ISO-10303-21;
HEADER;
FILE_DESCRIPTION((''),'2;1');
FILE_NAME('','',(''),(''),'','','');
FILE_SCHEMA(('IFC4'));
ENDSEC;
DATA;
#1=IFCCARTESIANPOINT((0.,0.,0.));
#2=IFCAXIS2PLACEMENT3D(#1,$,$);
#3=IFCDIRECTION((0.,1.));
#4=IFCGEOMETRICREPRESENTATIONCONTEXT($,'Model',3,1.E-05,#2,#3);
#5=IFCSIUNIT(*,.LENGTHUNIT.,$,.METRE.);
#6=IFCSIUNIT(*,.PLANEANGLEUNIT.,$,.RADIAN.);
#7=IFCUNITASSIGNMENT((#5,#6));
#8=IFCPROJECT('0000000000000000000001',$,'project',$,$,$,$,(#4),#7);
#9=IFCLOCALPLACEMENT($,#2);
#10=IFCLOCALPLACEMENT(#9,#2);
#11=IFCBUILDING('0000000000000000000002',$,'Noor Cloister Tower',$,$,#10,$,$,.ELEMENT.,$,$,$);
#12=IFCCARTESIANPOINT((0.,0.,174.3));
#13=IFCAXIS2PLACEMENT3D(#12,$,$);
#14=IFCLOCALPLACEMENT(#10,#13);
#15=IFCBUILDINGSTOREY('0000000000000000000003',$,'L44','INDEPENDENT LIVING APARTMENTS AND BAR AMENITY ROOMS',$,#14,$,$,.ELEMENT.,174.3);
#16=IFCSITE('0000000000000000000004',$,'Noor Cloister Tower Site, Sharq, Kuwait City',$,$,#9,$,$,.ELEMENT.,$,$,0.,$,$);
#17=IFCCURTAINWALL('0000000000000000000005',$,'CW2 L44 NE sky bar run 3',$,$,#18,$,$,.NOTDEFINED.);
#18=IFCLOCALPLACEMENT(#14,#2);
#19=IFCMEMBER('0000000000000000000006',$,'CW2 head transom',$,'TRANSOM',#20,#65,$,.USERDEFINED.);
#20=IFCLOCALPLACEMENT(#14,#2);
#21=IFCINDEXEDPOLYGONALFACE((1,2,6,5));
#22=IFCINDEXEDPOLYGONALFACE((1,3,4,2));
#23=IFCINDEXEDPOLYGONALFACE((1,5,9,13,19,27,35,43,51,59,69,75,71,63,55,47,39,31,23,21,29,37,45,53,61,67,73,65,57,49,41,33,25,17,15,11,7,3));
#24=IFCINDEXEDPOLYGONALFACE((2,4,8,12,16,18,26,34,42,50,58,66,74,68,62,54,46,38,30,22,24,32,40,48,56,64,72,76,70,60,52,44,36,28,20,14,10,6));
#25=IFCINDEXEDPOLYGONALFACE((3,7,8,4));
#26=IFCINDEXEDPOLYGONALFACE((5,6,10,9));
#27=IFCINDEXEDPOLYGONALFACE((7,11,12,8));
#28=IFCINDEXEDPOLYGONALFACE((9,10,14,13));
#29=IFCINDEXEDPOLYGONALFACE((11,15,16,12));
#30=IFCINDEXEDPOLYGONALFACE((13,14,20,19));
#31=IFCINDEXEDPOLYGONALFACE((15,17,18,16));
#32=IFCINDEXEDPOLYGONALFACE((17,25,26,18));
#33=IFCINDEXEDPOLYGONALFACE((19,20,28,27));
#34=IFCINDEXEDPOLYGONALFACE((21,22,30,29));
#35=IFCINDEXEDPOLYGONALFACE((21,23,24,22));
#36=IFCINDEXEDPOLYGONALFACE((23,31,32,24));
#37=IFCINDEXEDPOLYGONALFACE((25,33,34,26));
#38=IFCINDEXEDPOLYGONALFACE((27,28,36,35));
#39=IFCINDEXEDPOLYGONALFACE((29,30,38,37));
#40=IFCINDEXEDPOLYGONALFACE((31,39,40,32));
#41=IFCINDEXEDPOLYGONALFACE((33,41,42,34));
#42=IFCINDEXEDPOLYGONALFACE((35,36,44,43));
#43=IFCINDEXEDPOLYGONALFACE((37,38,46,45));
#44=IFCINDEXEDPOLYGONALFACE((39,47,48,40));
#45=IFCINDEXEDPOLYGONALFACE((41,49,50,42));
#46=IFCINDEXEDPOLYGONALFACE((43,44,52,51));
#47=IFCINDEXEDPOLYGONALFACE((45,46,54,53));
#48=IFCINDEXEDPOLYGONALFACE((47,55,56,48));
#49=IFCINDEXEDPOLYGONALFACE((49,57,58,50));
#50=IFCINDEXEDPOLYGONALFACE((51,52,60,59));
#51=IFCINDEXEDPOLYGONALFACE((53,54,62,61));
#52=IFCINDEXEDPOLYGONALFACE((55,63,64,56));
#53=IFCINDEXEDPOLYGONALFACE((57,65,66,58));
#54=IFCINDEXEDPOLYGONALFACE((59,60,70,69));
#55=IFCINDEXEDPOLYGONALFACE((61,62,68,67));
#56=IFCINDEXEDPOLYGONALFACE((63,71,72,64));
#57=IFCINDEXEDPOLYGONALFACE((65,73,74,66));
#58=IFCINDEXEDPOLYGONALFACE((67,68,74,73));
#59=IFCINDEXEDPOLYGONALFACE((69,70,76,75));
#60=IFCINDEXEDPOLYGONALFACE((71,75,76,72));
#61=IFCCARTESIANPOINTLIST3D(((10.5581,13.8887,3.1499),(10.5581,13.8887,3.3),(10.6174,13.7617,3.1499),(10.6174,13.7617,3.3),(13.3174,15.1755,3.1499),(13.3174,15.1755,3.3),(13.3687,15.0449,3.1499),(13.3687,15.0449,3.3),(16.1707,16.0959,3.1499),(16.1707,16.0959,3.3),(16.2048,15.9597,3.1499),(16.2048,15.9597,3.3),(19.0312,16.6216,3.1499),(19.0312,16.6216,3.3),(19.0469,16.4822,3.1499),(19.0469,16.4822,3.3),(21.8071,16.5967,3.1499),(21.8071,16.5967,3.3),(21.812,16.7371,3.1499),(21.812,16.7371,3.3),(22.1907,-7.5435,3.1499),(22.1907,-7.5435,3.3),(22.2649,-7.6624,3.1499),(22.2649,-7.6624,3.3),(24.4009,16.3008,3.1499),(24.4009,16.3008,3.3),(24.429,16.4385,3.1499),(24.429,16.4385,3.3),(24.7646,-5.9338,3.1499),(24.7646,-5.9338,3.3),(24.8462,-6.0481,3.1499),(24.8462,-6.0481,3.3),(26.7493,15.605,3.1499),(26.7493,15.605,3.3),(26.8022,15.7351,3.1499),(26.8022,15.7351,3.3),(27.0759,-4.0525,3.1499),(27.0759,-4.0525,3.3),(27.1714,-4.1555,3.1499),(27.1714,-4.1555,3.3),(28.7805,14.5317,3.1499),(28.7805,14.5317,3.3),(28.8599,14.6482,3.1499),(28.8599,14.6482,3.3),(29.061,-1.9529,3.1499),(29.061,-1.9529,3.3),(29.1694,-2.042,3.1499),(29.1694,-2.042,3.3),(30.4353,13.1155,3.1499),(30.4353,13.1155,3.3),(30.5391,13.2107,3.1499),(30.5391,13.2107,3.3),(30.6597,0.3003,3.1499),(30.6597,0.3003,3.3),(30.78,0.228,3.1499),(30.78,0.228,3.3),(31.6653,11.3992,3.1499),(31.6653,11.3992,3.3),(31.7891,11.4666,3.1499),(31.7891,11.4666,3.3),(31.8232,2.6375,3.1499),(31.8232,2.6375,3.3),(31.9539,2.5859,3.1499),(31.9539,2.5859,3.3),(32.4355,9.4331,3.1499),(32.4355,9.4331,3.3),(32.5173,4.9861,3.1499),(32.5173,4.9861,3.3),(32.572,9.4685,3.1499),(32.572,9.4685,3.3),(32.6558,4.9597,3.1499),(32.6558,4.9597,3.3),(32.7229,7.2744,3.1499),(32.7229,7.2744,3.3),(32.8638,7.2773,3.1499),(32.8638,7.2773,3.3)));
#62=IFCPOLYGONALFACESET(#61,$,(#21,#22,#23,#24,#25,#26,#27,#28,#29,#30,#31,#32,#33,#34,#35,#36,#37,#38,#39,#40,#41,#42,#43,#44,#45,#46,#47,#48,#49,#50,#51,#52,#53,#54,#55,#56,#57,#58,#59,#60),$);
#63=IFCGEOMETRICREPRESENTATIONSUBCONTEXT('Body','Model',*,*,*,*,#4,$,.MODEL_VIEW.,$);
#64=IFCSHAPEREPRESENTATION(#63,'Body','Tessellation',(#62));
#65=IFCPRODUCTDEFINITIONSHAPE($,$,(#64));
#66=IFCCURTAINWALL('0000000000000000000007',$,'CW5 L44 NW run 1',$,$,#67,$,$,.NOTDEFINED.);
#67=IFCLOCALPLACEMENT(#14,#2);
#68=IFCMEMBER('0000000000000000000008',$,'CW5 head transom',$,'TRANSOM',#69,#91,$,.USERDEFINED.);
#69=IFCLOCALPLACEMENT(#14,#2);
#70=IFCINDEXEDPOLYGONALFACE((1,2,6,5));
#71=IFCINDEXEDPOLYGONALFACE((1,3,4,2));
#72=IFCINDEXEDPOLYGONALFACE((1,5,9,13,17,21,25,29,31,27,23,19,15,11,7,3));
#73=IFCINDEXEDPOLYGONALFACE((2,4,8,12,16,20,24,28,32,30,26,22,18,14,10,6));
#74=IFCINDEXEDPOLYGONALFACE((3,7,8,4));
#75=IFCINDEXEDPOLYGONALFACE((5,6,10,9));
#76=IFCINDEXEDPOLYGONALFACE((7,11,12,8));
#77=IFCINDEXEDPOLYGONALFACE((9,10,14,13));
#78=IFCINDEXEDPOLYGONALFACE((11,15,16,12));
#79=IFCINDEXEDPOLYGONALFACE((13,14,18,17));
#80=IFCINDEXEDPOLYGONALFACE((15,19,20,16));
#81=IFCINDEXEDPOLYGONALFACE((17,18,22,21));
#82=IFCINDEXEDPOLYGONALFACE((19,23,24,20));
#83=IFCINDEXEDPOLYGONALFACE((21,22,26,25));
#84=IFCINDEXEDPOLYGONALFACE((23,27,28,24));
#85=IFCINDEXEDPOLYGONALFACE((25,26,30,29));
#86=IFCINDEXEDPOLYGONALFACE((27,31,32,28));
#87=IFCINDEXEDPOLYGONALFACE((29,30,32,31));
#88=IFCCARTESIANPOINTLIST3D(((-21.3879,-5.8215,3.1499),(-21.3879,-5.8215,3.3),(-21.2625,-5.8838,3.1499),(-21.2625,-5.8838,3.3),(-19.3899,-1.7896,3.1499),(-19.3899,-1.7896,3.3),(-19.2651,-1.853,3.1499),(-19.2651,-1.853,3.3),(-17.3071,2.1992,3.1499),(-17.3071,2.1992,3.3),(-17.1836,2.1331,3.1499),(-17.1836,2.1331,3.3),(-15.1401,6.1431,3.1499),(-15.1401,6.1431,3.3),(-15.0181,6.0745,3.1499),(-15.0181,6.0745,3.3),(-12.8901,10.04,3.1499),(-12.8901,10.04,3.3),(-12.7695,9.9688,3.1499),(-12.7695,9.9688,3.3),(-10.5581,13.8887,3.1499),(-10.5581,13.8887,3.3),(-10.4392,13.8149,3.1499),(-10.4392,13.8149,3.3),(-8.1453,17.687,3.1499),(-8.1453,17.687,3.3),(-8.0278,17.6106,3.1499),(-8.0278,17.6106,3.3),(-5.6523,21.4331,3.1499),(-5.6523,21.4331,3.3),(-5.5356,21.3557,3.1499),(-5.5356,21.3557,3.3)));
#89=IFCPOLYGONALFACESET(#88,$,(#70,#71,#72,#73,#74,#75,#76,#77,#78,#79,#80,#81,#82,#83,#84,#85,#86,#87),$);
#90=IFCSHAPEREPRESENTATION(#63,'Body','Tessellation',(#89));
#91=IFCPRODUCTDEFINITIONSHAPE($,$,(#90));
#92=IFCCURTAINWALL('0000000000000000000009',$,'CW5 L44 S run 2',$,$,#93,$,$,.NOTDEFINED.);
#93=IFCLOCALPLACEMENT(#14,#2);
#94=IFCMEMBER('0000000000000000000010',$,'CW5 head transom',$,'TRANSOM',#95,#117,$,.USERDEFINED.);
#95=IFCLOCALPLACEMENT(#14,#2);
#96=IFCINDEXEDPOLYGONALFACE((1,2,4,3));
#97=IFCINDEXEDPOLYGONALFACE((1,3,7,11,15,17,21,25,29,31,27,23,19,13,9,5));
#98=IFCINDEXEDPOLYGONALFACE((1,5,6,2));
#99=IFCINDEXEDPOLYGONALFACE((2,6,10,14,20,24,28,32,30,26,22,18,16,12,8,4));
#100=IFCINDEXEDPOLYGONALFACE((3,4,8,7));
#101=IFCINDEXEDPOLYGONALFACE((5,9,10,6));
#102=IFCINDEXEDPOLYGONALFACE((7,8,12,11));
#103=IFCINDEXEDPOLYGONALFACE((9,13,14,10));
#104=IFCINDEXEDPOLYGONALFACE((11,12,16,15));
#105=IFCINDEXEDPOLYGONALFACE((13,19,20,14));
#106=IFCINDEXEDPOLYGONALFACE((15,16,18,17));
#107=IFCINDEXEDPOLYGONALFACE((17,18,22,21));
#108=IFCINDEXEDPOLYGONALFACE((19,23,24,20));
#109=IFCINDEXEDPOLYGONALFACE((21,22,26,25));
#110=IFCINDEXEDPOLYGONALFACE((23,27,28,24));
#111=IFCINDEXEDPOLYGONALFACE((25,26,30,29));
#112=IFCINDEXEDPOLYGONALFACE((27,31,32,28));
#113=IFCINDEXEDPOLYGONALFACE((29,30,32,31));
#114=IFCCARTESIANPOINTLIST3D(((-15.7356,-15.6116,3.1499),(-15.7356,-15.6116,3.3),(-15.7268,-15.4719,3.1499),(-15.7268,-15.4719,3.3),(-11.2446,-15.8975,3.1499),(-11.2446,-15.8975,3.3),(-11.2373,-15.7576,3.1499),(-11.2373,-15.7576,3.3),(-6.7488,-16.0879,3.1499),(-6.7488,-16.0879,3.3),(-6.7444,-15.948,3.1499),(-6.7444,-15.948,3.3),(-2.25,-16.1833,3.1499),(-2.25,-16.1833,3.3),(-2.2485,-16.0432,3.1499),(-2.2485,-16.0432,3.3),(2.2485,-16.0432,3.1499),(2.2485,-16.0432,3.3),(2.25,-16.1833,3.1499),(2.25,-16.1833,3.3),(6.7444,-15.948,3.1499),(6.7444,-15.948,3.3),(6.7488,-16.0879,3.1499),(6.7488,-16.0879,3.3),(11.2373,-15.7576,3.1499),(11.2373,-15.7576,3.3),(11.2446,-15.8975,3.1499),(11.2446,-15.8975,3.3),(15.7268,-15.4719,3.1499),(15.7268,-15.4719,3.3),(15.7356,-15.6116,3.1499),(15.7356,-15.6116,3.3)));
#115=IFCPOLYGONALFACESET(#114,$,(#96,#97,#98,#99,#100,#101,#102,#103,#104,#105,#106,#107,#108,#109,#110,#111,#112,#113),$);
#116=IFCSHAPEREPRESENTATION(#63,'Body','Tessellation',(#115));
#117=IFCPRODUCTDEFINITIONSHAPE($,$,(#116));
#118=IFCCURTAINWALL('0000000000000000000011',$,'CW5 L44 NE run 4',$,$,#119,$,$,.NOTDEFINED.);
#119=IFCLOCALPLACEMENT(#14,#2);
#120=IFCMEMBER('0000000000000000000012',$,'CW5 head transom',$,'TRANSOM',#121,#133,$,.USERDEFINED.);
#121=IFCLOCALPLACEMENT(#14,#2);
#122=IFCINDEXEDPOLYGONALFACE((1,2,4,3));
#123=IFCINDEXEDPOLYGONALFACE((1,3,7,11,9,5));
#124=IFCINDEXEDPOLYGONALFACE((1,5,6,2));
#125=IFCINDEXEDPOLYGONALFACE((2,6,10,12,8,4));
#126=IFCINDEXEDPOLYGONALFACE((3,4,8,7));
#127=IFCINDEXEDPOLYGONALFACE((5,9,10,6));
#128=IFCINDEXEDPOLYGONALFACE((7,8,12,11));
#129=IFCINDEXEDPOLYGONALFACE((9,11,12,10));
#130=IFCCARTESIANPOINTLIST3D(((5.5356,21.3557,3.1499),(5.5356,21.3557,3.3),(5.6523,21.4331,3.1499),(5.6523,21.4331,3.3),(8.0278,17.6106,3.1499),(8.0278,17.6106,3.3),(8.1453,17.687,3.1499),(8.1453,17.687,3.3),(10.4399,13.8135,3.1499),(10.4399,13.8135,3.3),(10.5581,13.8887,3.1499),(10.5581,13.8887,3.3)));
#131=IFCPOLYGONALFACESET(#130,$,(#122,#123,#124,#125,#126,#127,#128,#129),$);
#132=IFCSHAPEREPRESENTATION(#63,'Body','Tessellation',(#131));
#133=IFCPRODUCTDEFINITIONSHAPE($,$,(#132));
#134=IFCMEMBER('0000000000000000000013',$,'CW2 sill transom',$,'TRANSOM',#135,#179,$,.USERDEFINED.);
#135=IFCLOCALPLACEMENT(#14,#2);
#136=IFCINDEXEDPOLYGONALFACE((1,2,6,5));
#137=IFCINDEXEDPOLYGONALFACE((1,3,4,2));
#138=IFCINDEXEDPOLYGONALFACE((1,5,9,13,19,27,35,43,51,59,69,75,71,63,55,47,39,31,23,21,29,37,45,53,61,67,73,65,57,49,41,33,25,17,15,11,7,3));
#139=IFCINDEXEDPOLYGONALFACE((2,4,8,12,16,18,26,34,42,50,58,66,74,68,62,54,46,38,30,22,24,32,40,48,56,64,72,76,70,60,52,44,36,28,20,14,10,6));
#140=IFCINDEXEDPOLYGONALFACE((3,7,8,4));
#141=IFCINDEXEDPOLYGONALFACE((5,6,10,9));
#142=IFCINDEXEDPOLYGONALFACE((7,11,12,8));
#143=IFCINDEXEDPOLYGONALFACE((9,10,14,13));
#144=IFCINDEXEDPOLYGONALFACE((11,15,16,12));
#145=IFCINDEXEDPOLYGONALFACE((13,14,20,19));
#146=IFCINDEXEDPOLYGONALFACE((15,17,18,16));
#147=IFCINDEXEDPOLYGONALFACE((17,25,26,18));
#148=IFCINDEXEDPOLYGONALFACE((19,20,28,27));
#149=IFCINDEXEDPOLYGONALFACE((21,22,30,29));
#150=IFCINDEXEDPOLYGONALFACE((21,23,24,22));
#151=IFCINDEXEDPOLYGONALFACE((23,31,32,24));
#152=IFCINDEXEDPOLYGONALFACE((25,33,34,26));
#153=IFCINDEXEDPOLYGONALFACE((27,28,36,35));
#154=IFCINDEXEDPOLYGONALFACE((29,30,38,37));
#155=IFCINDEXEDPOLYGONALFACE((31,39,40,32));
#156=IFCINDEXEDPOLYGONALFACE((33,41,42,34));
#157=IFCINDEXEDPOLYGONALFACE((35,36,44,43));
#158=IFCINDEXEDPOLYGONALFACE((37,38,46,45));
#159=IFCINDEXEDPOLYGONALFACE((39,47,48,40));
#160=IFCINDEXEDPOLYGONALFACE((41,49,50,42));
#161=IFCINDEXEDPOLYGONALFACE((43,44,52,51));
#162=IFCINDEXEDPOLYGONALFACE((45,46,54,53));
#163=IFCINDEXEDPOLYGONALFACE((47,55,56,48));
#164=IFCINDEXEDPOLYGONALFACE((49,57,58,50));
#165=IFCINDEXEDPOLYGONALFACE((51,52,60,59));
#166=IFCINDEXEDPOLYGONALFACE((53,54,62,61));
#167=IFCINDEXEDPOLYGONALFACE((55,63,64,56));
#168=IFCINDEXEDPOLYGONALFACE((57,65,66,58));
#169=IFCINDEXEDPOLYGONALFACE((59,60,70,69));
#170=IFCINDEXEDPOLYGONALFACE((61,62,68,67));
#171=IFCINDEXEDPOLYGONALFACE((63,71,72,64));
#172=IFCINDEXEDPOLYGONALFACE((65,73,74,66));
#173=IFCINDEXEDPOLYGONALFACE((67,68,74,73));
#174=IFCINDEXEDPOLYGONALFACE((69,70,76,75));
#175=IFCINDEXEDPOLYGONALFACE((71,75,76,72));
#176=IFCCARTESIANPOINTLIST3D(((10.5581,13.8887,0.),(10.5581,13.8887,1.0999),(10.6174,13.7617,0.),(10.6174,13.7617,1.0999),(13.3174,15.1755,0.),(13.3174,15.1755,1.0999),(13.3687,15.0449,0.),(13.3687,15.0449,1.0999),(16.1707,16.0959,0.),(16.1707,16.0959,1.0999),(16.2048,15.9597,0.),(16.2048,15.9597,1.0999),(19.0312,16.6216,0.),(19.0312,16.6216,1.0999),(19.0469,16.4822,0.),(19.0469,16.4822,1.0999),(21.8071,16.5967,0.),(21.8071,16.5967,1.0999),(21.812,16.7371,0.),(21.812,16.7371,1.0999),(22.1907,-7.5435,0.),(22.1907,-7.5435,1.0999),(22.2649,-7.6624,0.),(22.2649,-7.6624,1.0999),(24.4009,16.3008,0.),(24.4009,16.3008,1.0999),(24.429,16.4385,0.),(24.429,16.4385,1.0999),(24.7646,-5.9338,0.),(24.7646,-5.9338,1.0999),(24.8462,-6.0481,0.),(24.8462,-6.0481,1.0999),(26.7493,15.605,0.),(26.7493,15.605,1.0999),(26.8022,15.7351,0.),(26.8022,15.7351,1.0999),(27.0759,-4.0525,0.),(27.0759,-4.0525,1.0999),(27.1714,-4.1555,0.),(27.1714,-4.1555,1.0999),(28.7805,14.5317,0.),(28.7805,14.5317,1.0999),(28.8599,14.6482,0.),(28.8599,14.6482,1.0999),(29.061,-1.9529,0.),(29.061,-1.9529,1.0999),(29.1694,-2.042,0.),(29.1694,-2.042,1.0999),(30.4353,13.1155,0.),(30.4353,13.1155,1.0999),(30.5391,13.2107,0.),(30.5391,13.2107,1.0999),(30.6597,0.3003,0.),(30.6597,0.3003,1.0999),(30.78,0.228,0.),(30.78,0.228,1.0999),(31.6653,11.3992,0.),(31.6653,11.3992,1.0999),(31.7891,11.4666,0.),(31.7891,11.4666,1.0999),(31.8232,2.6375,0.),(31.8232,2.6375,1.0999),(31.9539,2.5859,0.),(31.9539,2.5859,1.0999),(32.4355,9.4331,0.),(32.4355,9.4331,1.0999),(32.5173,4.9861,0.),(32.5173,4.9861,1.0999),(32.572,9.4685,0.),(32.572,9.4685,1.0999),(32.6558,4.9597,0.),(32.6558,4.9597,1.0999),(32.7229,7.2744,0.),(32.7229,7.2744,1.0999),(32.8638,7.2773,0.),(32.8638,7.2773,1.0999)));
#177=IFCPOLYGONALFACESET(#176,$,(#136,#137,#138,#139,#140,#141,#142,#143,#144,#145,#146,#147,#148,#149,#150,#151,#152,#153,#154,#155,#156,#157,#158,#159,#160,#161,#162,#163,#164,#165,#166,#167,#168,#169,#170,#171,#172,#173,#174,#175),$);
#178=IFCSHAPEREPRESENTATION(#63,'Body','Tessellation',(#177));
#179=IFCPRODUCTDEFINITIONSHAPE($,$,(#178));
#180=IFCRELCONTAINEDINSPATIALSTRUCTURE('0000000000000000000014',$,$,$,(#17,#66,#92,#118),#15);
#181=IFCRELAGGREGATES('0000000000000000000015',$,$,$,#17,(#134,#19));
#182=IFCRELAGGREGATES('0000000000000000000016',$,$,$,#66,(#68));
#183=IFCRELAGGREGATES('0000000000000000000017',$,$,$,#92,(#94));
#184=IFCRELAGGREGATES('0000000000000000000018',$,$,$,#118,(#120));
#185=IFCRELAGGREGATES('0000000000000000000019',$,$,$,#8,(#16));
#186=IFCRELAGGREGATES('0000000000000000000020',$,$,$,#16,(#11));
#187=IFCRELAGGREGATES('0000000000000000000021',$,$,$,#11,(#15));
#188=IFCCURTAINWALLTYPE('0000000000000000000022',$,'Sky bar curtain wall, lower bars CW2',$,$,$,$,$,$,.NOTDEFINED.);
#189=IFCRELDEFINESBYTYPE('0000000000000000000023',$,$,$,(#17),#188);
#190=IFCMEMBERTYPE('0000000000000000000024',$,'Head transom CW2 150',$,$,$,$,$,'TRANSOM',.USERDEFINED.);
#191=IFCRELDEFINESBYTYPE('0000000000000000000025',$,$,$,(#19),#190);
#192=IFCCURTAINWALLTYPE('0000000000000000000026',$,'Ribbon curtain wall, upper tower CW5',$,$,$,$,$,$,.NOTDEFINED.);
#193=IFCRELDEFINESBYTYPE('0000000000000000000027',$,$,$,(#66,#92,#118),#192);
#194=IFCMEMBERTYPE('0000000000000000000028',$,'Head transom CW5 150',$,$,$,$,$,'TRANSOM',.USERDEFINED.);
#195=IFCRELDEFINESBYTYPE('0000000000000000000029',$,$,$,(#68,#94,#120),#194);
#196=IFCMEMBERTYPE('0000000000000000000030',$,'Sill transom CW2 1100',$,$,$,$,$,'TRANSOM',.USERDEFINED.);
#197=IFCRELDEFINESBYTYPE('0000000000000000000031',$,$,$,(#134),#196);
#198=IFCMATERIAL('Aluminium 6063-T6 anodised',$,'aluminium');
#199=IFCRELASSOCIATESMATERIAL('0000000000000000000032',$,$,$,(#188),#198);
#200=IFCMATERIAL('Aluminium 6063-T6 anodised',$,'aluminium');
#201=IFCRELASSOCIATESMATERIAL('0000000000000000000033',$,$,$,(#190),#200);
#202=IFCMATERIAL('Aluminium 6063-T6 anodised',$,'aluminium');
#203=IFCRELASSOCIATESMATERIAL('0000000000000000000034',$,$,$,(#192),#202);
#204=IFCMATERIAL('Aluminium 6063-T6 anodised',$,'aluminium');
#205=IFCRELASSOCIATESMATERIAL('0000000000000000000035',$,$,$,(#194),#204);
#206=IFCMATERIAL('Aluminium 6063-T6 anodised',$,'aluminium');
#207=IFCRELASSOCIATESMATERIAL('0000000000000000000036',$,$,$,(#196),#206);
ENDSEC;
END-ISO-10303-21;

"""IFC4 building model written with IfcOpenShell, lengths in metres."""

from ifc_helpers import new_model, si_unit, direction, frame, origin, place, context, subcontext, project, spatial, polyline, outline, extrude, material, type_object, element, aggregate, save


model = new_model("IFC4")

# Units and contexts
model_context = context("Model", 3, precision=1e-05, world=origin(), true_north=direction((0.0, 1.0)))
body_context = subcontext(model_context, "Body", "Model", "MODEL_VIEW")
ifc_project = project(units=[si_unit("LENGTHUNIT", "METRE"), si_unit("PLANEANGLEUNIT", "RADIAN")], contexts=[model_context])

# Site, building, storey
site_placement = place(None, origin())
site = spatial("IfcSite", under=ifc_project, at=site_placement, Name="Noor Cloister Tower Site, Sharq, Kuwait City", CompositionType="ELEMENT", RefElevation=0.0)
building_placement = place(site_placement, origin())
building = spatial("IfcBuilding", under=site, at=building_placement, Name="Noor Cloister Tower", CompositionType="ELEMENT")
storey_placement = place(building_placement, frame((0.0, 0.0, 174.3)))
storey = spatial("IfcBuildingStorey", under=building, at=storey_placement, Name="L44", Description="INDEPENDENT LIVING APARTMENTS AND BAR AMENITY ROOMS", CompositionType="ELEMENT", Elevation=174.3)

# Curtain walls, members
ifc_material_1 = material(Name="Aluminium 6063-T6 anodised", Category="aluminium")
curtain_wall_type_1 = type_object("IfcCurtainWallType", Name="Sky bar curtain wall, lower bars CW2", PredefinedType="NOTDEFINED", material=ifc_material_1)
curtain_wall_1_placement = place(storey_placement, origin())
curtain_wall_1 = element("IfcCurtainWall", 1, at=curtain_wall_1_placement, inside=storey, type_object=curtain_wall_type_1, Name="CW2 L44 NE sky bar run 3", PredefinedType="NOTDEFINED")
ifc_material_2 = material(Name="Aluminium 6063-T6 anodised", Category="aluminium")
member_type_1 = type_object("IfcMemberType", Name="Head transom CW2 150", ElementType="TRANSOM", PredefinedType="USERDEFINED", material=ifc_material_2)
member_1_placement = place(storey_placement, frame((0.0, 0.0, 3.1499)))
member_1 = element("IfcMember", 2, at=member_1_placement, type_object=member_type_1, Name="CW2 head transom", ObjectType="TRANSOM", PredefinedType="USERDEFINED", context=body_context, shape_type="SweptSolid", body=[
    extrude(outline(polyline([(22.2649, -7.6624), (24.8462, -6.0481), (27.1714, -4.1555), (29.1694, -2.042), (30.78, 0.228), (31.9539, 2.5859), (32.6558, 4.9597), (32.8638, 7.2773), (32.572, 9.4685), (31.7891, 11.4666), (30.5391, 13.2107), (28.8599, 14.6482), (26.8022, 15.7351), (24.429, 16.4385), (21.812, 16.7371), (19.0312, 16.6216), (16.1707, 16.0959), (13.3174, 15.1755), (10.5581, 13.8887), (10.6174, 13.7617), (13.3687, 15.0449), (16.2048, 15.9597), (19.0469, 16.4822), (21.8071, 16.5967), (24.4009, 16.3008), (26.7493, 15.605), (28.7805, 14.5317), (30.4353, 13.1155), (31.6653, 11.3992), (32.4355, 9.4331), (32.7229, 7.2744), (32.5173, 4.9861), (31.8232, 2.6375), (30.6597, 0.3003), (29.061, -1.9529), (27.0759, -4.0525), (24.7646, -5.9338), (22.1907, -7.5435), (22.2649, -7.6624)])), origin(), (0.0, 0.0, 1.0), 0.1501),
])
ifc_material_3 = material(Name="Aluminium 6063-T6 anodised", Category="aluminium")
curtain_wall_type_2 = type_object("IfcCurtainWallType", Name="Ribbon curtain wall, upper tower CW5", PredefinedType="NOTDEFINED", material=ifc_material_3)
curtain_wall_2_placement = place(storey_placement, origin())
curtain_wall_2 = element("IfcCurtainWall", 3, at=curtain_wall_2_placement, inside=storey, type_object=curtain_wall_type_2, Name="CW5 L44 NW run 1", PredefinedType="NOTDEFINED")
ifc_material_4 = material(Name="Aluminium 6063-T6 anodised", Category="aluminium")
member_type_2 = type_object("IfcMemberType", Name="Head transom CW5 150", ElementType="TRANSOM", PredefinedType="USERDEFINED", material=ifc_material_4)
member_2_placement = place(storey_placement, frame((0.0, 0.0, 3.1499)))
member_2 = element("IfcMember", 4, at=member_2_placement, type_object=member_type_2, Name="CW5 head transom", ObjectType="TRANSOM", PredefinedType="USERDEFINED", context=body_context, shape_type="SweptSolid", body=[
    extrude(outline(polyline([(-5.6523, 21.4331), (-8.1453, 17.687), (-10.5581, 13.8887), (-12.8901, 10.04), (-15.1401, 6.1431), (-17.3071, 2.1992), (-19.3899, -1.7896), (-21.3879, -5.8215), (-21.2625, -5.8838), (-19.2651, -1.853), (-17.1836, 2.1331), (-15.0181, 6.0745), (-12.7695, 9.9688), (-10.4392, 13.8149), (-8.0278, 17.6106), (-5.5356, 21.3557), (-5.6523, 21.4331)])), origin(), (0.0, 0.0, 1.0), 0.1501),
])
curtain_wall_3_placement = place(storey_placement, origin())
curtain_wall_3 = element("IfcCurtainWall", 5, at=curtain_wall_3_placement, inside=storey, type_object=curtain_wall_type_2, Name="CW5 L44 S run 2", PredefinedType="NOTDEFINED")
member_3_placement = place(storey_placement, frame((0.0, 0.0, 3.1499)))
member_3 = element("IfcMember", 6, at=member_3_placement, type_object=member_type_2, Name="CW5 head transom", ObjectType="TRANSOM", PredefinedType="USERDEFINED", context=body_context, shape_type="SweptSolid", body=[
    extrude(outline(polyline([(-15.7356, -15.6116), (-11.2446, -15.8975), (-6.7488, -16.0879), (-2.25, -16.1833), (2.25, -16.1833), (6.7488, -16.0879), (11.2446, -15.8975), (15.7356, -15.6116), (15.7268, -15.4719), (11.2373, -15.7576), (6.7444, -15.948), (2.2485, -16.0432), (-2.2485, -16.0432), (-6.7444, -15.948), (-11.2373, -15.7576), (-15.7268, -15.4719), (-15.7356, -15.6116)])), origin(), (0.0, 0.0, 1.0), 0.1501),
])
curtain_wall_4_placement = place(storey_placement, origin())
curtain_wall_4 = element("IfcCurtainWall", 7, at=curtain_wall_4_placement, inside=storey, type_object=curtain_wall_type_2, Name="CW5 L44 NE run 4", PredefinedType="NOTDEFINED")
member_4_placement = place(storey_placement, frame((0.0, 0.0, 3.1499)))
member_4 = element("IfcMember", 8, at=member_4_placement, type_object=member_type_2, Name="CW5 head transom", ObjectType="TRANSOM", PredefinedType="USERDEFINED", context=body_context, shape_type="SweptSolid", body=[
    extrude(outline(polyline([(10.5581, 13.8887), (8.1453, 17.687), (5.6523, 21.4331), (5.5356, 21.3557), (8.0278, 17.6106), (10.4399, 13.8135), (10.5581, 13.8887)])), origin(), (0.0, 0.0, 1.0), 0.1501),
])

# Member
ifc_material_5 = material(Name="Aluminium 6063-T6 anodised", Category="aluminium")
member_type_3 = type_object("IfcMemberType", Name="Sill transom CW2 1100", ElementType="TRANSOM", PredefinedType="USERDEFINED", material=ifc_material_5)
member_5_placement = place(storey_placement, origin())
member_5 = element("IfcMember", 9, at=member_5_placement, type_object=member_type_3, Name="CW2 sill transom", ObjectType="TRANSOM", PredefinedType="USERDEFINED", context=body_context, shape_type="SweptSolid", body=[
    extrude(outline(polyline([(22.2649, -7.6624), (24.8462, -6.0481), (27.1714, -4.1555), (29.1694, -2.042), (30.78, 0.228), (31.9539, 2.5859), (32.6558, 4.9597), (32.8638, 7.2773), (32.572, 9.4685), (31.7891, 11.4666), (30.5391, 13.2107), (28.8599, 14.6482), (26.8022, 15.7351), (24.429, 16.4385), (21.812, 16.7371), (19.0312, 16.6216), (16.1707, 16.0959), (13.3174, 15.1755), (10.5581, 13.8887), (10.6174, 13.7617), (13.3687, 15.0449), (16.2048, 15.9597), (19.0469, 16.4822), (21.8071, 16.5967), (24.4009, 16.3008), (26.7493, 15.605), (28.7805, 14.5317), (30.4353, 13.1155), (31.6653, 11.3992), (32.4355, 9.4331), (32.7229, 7.2744), (32.5173, 4.9861), (31.8232, 2.6375), (30.6597, 0.3003), (29.061, -1.9529), (27.0759, -4.0525), (24.7646, -5.9338), (22.1907, -7.5435), (22.2649, -7.6624)])), origin(), (0.0, 0.0, 1.0), 1.0999),
])
aggregate(curtain_wall_1, [member_5, member_1])
aggregate(curtain_wall_2, [member_2])
aggregate(curtain_wall_3, [member_3])
aggregate(curtain_wall_4, [member_4])

save(model, "model.ifc")
